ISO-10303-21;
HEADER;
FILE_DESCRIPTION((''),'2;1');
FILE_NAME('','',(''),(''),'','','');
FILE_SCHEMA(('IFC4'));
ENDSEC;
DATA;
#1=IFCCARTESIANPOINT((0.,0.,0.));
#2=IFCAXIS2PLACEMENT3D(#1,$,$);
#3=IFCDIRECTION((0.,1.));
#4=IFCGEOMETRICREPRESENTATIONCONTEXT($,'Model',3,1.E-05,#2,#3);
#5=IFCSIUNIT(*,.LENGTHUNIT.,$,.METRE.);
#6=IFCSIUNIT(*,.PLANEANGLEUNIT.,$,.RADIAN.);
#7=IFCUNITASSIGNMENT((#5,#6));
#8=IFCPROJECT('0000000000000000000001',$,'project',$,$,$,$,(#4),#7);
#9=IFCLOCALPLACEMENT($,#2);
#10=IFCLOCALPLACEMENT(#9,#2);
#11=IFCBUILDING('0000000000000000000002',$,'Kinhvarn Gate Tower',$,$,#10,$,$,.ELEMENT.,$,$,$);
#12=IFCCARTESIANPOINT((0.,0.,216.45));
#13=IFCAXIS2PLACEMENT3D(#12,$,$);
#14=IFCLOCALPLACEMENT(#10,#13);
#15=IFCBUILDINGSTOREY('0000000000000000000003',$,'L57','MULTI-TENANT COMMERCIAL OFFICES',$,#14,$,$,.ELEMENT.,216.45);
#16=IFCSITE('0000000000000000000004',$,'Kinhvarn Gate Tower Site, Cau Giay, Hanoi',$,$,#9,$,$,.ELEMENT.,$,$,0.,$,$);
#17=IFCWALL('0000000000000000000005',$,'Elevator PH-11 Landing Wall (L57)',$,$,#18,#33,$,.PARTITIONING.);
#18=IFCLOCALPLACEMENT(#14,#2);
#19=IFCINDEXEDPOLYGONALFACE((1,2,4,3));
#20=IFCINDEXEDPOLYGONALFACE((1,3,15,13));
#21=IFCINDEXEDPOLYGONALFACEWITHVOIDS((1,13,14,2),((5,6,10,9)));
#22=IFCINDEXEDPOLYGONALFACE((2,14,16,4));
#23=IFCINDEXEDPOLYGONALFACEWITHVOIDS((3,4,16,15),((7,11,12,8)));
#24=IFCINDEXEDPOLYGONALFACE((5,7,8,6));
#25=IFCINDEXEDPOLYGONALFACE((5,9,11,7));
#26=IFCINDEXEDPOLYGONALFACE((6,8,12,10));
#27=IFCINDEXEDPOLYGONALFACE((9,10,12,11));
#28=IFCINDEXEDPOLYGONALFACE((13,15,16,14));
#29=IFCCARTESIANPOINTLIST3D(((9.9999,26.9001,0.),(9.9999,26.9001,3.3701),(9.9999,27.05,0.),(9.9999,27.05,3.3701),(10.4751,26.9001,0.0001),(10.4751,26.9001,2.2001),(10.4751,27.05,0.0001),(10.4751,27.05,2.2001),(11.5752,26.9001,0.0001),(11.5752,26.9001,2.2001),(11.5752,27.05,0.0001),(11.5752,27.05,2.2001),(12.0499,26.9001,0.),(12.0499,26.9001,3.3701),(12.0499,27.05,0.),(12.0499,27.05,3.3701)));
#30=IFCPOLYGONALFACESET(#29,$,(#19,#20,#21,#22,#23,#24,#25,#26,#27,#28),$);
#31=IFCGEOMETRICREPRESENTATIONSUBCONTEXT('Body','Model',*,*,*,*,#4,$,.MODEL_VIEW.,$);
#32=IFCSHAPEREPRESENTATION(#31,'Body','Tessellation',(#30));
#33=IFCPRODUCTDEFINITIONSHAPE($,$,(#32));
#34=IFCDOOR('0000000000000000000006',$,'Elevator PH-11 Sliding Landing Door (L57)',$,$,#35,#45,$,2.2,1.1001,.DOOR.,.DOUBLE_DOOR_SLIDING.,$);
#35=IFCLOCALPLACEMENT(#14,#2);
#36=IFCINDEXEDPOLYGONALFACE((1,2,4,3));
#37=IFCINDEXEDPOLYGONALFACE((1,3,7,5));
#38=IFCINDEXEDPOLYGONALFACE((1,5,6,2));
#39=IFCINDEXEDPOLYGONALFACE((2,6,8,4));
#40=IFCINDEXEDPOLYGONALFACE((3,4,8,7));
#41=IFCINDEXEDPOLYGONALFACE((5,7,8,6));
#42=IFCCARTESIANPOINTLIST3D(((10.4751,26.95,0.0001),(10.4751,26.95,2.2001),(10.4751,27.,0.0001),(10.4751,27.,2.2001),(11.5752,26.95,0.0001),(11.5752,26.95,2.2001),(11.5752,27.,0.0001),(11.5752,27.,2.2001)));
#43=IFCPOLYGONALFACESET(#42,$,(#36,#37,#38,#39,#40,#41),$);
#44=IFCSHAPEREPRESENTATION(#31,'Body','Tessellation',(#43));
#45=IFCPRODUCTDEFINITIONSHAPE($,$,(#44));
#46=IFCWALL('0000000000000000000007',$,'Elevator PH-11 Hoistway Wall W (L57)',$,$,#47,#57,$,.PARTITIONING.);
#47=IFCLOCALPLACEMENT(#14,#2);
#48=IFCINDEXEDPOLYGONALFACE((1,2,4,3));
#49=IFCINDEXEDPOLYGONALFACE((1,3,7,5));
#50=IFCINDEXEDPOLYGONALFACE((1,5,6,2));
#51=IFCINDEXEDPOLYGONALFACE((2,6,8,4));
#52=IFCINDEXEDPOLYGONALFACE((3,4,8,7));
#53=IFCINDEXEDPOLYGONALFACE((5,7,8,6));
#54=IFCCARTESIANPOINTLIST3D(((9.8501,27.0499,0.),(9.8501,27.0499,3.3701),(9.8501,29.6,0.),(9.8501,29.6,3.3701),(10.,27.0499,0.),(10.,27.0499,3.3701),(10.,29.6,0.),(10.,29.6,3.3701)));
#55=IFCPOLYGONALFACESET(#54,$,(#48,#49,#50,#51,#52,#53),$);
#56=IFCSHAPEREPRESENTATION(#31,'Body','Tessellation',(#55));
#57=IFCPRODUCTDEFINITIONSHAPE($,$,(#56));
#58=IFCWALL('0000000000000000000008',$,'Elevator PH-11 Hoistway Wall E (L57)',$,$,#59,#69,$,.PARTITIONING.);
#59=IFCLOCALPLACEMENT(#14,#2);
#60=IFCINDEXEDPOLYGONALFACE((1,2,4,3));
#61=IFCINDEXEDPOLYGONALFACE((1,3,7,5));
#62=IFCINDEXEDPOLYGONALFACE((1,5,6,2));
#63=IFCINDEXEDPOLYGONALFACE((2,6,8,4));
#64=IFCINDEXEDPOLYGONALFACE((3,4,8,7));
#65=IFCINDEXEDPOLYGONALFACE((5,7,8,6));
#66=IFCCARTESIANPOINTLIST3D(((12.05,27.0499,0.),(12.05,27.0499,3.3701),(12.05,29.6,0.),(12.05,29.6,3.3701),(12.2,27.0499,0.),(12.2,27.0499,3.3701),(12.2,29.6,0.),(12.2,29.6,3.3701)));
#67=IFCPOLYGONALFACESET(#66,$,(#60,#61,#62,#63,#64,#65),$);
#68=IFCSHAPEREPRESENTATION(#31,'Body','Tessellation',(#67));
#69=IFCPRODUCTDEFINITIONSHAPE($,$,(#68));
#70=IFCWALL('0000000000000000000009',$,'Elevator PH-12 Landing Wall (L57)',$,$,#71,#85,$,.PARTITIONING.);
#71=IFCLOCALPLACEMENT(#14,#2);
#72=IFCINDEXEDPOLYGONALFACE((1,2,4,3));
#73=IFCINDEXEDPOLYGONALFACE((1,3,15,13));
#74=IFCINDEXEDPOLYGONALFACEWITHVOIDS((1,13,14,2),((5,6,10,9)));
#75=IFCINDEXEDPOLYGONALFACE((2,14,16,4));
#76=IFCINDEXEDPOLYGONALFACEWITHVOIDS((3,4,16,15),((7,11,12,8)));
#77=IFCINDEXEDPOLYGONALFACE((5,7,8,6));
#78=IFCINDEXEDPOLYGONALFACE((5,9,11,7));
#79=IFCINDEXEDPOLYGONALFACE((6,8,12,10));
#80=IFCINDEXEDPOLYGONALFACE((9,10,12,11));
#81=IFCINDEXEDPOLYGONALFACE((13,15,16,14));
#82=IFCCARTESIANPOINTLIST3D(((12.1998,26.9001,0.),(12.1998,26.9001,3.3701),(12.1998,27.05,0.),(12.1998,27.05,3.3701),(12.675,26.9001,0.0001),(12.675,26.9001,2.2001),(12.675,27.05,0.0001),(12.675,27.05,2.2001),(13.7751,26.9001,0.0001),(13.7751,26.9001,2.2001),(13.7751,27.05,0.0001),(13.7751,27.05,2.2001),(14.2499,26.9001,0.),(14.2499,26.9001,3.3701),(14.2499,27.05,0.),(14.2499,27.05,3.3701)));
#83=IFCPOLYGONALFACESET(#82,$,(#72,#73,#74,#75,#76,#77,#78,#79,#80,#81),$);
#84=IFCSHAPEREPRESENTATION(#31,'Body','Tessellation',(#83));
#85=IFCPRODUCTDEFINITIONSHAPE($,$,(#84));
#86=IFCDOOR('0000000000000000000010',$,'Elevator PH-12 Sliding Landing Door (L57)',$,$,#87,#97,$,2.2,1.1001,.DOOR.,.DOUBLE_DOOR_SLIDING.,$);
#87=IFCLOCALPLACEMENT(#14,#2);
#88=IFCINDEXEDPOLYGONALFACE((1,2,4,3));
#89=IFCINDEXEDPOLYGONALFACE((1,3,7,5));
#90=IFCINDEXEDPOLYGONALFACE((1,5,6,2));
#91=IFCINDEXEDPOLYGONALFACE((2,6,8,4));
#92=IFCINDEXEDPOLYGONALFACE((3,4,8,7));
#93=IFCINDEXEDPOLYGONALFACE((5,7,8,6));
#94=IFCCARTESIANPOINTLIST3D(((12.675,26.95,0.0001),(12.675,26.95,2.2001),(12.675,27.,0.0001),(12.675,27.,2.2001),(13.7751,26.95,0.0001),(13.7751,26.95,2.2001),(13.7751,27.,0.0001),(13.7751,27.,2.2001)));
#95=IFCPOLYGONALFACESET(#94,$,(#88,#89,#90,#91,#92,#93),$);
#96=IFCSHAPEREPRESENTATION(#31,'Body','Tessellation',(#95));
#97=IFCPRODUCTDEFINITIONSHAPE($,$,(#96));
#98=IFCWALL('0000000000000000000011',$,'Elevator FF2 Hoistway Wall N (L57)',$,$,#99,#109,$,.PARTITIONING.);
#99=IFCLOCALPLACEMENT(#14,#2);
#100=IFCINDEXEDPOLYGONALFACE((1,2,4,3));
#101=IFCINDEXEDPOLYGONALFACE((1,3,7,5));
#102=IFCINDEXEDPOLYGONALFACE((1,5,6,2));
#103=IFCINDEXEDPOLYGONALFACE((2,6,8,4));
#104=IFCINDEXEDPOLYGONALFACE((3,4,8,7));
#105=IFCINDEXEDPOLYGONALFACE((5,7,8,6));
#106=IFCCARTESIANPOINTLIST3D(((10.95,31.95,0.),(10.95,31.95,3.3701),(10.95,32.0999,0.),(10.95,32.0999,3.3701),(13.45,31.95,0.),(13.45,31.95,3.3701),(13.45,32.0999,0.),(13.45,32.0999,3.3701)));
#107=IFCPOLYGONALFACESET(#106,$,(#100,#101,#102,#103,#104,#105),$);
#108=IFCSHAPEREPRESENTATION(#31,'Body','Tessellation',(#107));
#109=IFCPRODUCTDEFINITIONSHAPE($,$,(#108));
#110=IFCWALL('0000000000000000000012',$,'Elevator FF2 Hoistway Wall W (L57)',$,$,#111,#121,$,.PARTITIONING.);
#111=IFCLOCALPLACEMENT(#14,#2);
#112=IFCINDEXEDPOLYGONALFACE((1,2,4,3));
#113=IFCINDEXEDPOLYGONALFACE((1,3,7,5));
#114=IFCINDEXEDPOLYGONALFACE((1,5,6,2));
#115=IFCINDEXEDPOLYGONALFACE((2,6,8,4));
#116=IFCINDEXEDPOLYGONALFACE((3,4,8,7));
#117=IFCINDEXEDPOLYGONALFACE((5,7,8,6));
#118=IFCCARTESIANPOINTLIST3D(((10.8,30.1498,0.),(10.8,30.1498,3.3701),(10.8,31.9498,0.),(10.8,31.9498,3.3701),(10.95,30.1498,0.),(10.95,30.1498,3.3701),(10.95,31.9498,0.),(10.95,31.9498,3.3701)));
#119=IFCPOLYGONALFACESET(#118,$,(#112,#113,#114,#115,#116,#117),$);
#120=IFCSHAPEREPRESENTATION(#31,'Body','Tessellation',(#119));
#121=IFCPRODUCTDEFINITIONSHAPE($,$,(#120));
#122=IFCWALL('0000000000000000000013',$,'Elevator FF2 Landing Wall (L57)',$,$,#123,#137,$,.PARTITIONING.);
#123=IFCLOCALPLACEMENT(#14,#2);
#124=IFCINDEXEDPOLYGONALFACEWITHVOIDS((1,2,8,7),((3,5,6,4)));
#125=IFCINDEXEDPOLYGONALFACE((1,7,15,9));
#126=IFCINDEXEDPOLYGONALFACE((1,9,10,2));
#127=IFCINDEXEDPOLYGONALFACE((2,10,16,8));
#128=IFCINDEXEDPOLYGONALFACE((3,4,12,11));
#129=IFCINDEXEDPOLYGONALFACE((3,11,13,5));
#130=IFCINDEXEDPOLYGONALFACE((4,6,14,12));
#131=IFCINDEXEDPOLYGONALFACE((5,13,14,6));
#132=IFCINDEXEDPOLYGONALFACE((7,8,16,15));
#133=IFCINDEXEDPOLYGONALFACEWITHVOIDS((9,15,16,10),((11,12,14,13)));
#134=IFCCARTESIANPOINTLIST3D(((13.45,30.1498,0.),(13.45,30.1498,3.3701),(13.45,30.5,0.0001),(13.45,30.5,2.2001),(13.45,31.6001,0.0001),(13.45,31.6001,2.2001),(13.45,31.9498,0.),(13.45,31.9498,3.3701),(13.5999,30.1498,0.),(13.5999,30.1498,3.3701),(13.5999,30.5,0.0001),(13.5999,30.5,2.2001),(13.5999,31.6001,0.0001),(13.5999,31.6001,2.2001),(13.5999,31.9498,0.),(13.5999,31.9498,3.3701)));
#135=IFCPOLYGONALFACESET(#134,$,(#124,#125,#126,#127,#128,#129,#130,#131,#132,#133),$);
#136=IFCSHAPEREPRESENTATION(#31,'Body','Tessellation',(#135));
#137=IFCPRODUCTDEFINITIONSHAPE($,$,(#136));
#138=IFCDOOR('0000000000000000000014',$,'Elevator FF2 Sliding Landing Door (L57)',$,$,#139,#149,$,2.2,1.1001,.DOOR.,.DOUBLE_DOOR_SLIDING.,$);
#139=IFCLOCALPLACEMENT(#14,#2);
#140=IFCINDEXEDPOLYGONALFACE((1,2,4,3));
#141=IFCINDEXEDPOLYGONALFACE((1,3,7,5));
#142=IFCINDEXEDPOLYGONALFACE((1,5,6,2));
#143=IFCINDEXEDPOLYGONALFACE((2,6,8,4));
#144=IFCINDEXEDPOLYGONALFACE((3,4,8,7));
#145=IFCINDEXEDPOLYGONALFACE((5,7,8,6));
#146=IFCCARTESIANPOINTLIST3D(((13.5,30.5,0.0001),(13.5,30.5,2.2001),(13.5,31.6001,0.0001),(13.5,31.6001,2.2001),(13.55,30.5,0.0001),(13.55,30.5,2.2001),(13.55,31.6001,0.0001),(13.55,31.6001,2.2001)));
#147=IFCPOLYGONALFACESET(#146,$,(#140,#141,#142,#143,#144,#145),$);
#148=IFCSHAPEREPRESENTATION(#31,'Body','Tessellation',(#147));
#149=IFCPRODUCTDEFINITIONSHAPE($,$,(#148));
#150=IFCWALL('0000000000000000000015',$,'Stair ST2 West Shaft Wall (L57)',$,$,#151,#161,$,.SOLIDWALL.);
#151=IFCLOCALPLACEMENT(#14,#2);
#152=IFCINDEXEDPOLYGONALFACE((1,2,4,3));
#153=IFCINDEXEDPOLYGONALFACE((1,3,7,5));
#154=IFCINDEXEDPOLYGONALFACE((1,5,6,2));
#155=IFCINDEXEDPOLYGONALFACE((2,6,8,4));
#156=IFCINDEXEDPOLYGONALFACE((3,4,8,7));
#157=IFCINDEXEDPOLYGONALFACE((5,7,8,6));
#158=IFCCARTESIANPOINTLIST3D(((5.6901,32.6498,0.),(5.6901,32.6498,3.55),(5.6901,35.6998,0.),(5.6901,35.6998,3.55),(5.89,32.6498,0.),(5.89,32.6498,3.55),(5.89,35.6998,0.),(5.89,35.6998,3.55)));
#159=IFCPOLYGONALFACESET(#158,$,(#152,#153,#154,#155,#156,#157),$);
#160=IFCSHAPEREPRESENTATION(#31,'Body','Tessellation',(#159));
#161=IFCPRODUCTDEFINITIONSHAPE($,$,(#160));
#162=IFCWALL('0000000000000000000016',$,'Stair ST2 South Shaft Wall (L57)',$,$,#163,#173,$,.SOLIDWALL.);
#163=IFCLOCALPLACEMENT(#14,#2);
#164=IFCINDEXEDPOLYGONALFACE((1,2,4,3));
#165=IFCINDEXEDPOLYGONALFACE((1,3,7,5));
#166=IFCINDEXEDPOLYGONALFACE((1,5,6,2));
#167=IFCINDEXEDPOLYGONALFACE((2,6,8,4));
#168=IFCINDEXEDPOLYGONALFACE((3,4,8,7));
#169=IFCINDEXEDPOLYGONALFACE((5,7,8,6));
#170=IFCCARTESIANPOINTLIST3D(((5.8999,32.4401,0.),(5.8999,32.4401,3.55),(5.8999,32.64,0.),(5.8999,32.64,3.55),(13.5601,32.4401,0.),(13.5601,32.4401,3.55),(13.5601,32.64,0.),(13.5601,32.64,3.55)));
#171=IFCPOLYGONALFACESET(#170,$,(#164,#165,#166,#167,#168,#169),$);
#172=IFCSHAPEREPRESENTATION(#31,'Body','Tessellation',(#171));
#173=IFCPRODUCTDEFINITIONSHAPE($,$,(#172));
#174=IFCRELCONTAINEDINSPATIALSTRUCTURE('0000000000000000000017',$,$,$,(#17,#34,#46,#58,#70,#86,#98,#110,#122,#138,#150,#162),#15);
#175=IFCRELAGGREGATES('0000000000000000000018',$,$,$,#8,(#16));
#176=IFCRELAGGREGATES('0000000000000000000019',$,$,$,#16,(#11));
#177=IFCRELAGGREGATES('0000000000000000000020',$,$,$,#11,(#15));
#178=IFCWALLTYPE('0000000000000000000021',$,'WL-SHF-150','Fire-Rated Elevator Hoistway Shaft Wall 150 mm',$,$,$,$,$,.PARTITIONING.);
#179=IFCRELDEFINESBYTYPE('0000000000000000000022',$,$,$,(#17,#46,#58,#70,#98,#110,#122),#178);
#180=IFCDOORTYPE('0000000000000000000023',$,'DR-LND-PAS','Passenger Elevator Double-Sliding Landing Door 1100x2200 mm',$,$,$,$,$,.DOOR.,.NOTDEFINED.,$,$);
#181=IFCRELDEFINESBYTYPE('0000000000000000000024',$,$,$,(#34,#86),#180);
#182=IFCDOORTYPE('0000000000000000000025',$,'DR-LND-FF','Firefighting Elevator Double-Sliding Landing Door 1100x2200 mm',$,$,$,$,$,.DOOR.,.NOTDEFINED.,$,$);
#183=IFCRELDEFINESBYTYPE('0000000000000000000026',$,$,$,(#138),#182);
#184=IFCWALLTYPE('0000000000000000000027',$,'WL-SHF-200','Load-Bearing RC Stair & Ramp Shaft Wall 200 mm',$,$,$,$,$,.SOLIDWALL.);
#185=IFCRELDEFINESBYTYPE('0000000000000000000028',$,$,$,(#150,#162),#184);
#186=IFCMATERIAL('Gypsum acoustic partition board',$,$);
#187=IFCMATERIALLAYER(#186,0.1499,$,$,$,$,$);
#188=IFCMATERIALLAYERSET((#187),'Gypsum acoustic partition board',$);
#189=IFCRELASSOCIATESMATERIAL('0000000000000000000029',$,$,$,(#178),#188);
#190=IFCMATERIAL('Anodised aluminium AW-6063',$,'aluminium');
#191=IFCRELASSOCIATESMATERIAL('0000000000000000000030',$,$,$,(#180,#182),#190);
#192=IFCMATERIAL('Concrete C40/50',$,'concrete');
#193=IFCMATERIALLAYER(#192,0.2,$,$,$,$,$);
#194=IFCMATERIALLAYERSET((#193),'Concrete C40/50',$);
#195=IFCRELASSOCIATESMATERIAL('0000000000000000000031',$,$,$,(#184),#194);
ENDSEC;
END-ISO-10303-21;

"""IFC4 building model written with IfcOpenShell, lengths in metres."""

from ifc_helpers import new_model, si_unit, direction, frame, frame_2d, origin, place, context, subcontext, project, spatial, rectangle, extrude, material, layer, layer_set, type_object, element, fill, save


model = new_model("IFC4")

# Units and contexts
model_context = context("Model", 3, precision=1e-05, world=origin(), true_north=direction((0.0, 1.0)))
body_context = subcontext(model_context, "Body", "Model", "MODEL_VIEW")
ifc_project = project(units=[si_unit("LENGTHUNIT", "METRE"), si_unit("PLANEANGLEUNIT", "RADIAN")], contexts=[model_context])

# Site, building, storey
site_placement = place(None, origin())
site = spatial("IfcSite", under=ifc_project, at=site_placement, Name="Kinhvarn Gate Tower Site, Cau Giay, Hanoi", CompositionType="ELEMENT", RefElevation=0.0)
building_placement = place(site_placement, origin())
building = spatial("IfcBuilding", under=site, at=building_placement, Name="Kinhvarn Gate Tower", CompositionType="ELEMENT")
storey_placement = place(building_placement, frame((0.0, 0.0, 216.45)))
storey = spatial("IfcBuildingStorey", under=building, at=storey_placement, Name="L57", Description="MULTI-TENANT COMMERCIAL OFFICES", CompositionType="ELEMENT", Elevation=216.45)

# Shared definitions
ifc_material_1 = material(Name="Gypsum acoustic partition board")

# Shared definitions
ifc_material_2 = material(Name="Anodised aluminium AW-6063", Category="aluminium")

# Shared definitions
ifc_layer_1 = layer(ifc_material_1, 0.1499)
ifc_layer_set_1 = layer_set([ifc_layer_1], Name="Gypsum acoustic partition board")
wall_type_1 = type_object("IfcWallType", Name="WL-SHF-150", Description="Fire-Rated Elevator Hoistway Shaft Wall 150 mm", PredefinedType="PARTITIONING", material=ifc_layer_set_1)
door_type_1 = type_object("IfcDoorType", Name="DR-LND-PAS", Description="Passenger Elevator Double-Sliding Landing Door 1100x2200 mm", OperationType="NOTDEFINED", PredefinedType="DOOR", material=ifc_material_2)

# Wall, opening, door
wall_1_placement = place(storey_placement, frame((10.0, 26.9751, 0.0), z_axis=(0.0, 0.0, 1.0), x_axis=(1.0, 0.0, 0.0)))
wall_1 = element("IfcWall", 1, at=wall_1_placement, inside=storey, type_object=wall_type_1, Name="Elevator PH-11 Landing Wall (L57)", PredefinedType="PARTITIONING", context=body_context, shape_type="SweptSolid", body=[
    extrude(rectangle(XDim=2.05, YDim=0.1499, at=frame_2d((1.0249, 0.0))), origin(), (0.0, 0.0, 1.0), 3.3701),
])
opening_1_placement = place(wall_1_placement, frame((0.4751, 0.0, 0.0)))
opening_1 = element("IfcOpeningElement", 2, at=opening_1_placement, cuts=wall_1, PredefinedType="OPENING", context=body_context, shape_type="SweptSolid", body=[
    extrude(rectangle(XDim=1.1001, YDim=2.2, at=frame_2d((0.55, 1.1001))), frame((0.0, 0.085, 0.0), z_axis=(0.0, -1.0, 0.0), x_axis=(1.0, 0.0, 0.0)), (0.0, 0.0, 1.0), 0.1699),
])
door_1_placement = place(opening_1_placement, origin())
door_1 = element("IfcDoor", 3, at=door_1_placement, inside=storey, type_object=door_type_1, Name="Elevator PH-11 Sliding Landing Door (L57)", OperationType="DOUBLE_DOOR_SLIDING", OverallHeight=2.2, OverallWidth=1.1001, PredefinedType="DOOR", context=body_context, shape_type="SweptSolid", body=[
    extrude(rectangle(XDim=1.1001, YDim=2.2, at=frame_2d((0.55, 1.1001))), frame((0.0, 0.0249, 0.0), z_axis=(0.0, -1.0, 0.0), x_axis=(1.0, 0.0, 0.0)), (0.0, 0.0, 1.0), 0.05),
])
fill(opening_1, door_1)

# Walls
for number, where, z_axis, x_axis, name in (
    (4, (9.925, 27.05, 0.0), (0.0, 0.0, 1.0), (0.0, 1.0, 0.0), "Elevator PH-11 Hoistway Wall W (L57)"),
    (5, (12.125, 27.05, 0.0), (0.0, 0.0, 1.0), (0.0, 1.0, 0.0), "Elevator PH-11 Hoistway Wall E (L57)"),
):
    element("IfcWall", number, at=place(storey_placement, frame(where, z_axis=z_axis, x_axis=x_axis)), inside=storey, type_object=wall_type_1, Name=name, PredefinedType="PARTITIONING", context=body_context, shape_type="SweptSolid", body=[
        extrude(rectangle(XDim=2.55, YDim=0.1499, at=frame_2d((1.2749, 0.0))), origin(), (0.0, 0.0, 1.0), 3.3701),
    ])

# Wall, opening, door
wall_2_placement = place(storey_placement, frame((12.2, 26.9751, 0.0), z_axis=(0.0, 0.0, 1.0), x_axis=(1.0, 0.0, 0.0)))
wall_2 = element("IfcWall", 6, at=wall_2_placement, inside=storey, type_object=wall_type_1, Name="Elevator PH-12 Landing Wall (L57)", PredefinedType="PARTITIONING", context=body_context, shape_type="SweptSolid", body=[
    extrude(rectangle(XDim=2.05, YDim=0.1499, at=frame_2d((1.0249, 0.0))), origin(), (0.0, 0.0, 1.0), 3.3701),
])
opening_2_placement = place(wall_2_placement, frame((0.4751, 0.0, 0.0)))
opening_2 = element("IfcOpeningElement", 7, at=opening_2_placement, cuts=wall_2, PredefinedType="OPENING", context=body_context, shape_type="SweptSolid", body=[
    extrude(rectangle(XDim=1.1001, YDim=2.2, at=frame_2d((0.55, 1.1001))), frame((0.0, 0.085, 0.0), z_axis=(0.0, -1.0, 0.0), x_axis=(1.0, 0.0, 0.0)), (0.0, 0.0, 1.0), 0.1699),
])
door_2_placement = place(opening_2_placement, origin())
door_2 = element("IfcDoor", 8, at=door_2_placement, inside=storey, type_object=door_type_1, Name="Elevator PH-12 Sliding Landing Door (L57)", OperationType="DOUBLE_DOOR_SLIDING", OverallHeight=2.2, OverallWidth=1.1001, PredefinedType="DOOR", context=body_context, shape_type="SweptSolid", body=[
    extrude(rectangle(XDim=1.1001, YDim=2.2, at=frame_2d((0.55, 1.1001))), frame((0.0, 0.0249, 0.0), z_axis=(0.0, -1.0, 0.0), x_axis=(1.0, 0.0, 0.0)), (0.0, 0.0, 1.0), 0.05),
])
fill(opening_2, door_2)

# Walls
wall_3_placement = place(storey_placement, frame((10.95, 32.0249, 0.0), z_axis=(0.0, 0.0, 1.0), x_axis=(1.0, 0.0, 0.0)))
element("IfcWall", 9, at=wall_3_placement, inside=storey, type_object=wall_type_1, Name="Elevator FF2 Hoistway Wall N (L57)", PredefinedType="PARTITIONING", context=body_context, shape_type="SweptSolid", body=[
    extrude(rectangle(XDim=2.5, YDim=0.1499, at=frame_2d((1.25, 0.0))), origin(), (0.0, 0.0, 1.0), 3.3701),
])
wall_4_placement = place(storey_placement, frame((10.875, 30.1499, 0.0), z_axis=(0.0, 0.0, 1.0), x_axis=(0.0, 1.0, 0.0)))
element("IfcWall", 10, at=wall_4_placement, inside=storey, type_object=wall_type_1, Name="Elevator FF2 Hoistway Wall W (L57)", PredefinedType="PARTITIONING", context=body_context, shape_type="SweptSolid", body=[
    extrude(rectangle(XDim=1.8, YDim=0.1499, at=frame_2d((0.8999, 0.0))), origin(), (0.0, 0.0, 1.0), 3.3701),
])

# Wall, opening, door
wall_5_placement = place(storey_placement, frame((13.5249, 30.1499, 0.0), z_axis=(0.0, 0.0, 1.0), x_axis=(0.0, 1.0, 0.0)))
wall_5 = element("IfcWall", 11, at=wall_5_placement, inside=storey, type_object=wall_type_1, Name="Elevator FF2 Landing Wall (L57)", PredefinedType="PARTITIONING", context=body_context, shape_type="SweptSolid", body=[
    extrude(rectangle(XDim=1.8, YDim=0.1499, at=frame_2d((0.8999, 0.0))), origin(), (0.0, 0.0, 1.0), 3.3701),
])
opening_3_placement = place(wall_5_placement, frame((0.3501, 0.0, 0.0)))
opening_3 = element("IfcOpeningElement", 12, at=opening_3_placement, cuts=wall_5, PredefinedType="OPENING", context=body_context, shape_type="SweptSolid", body=[
    extrude(rectangle(XDim=1.1001, YDim=2.2, at=frame_2d((0.55, 1.1001))), frame((0.0, 0.085, 0.0), z_axis=(0.0, -1.0, 0.0), x_axis=(1.0, 0.0, 0.0)), (0.0, 0.0, 1.0), 0.1699),
])
door_type_2 = type_object("IfcDoorType", Name="DR-LND-FF", Description="Firefighting Elevator Double-Sliding Landing Door 1100x2200 mm", OperationType="NOTDEFINED", PredefinedType="DOOR", material=ifc_material_2)
door_3_placement = place(opening_3_placement, origin())
door_3 = element("IfcDoor", 13, at=door_3_placement, inside=storey, type_object=door_type_2, Name="Elevator FF2 Sliding Landing Door (L57)", OperationType="DOUBLE_DOOR_SLIDING", OverallHeight=2.2, OverallWidth=1.1001, PredefinedType="DOOR", context=body_context, shape_type="SweptSolid", body=[
    extrude(rectangle(XDim=1.1001, YDim=2.2, at=frame_2d((0.55, 1.1001))), frame((0.0, 0.0249, 0.0), z_axis=(0.0, -1.0, 0.0), x_axis=(1.0, 0.0, 0.0)), (0.0, 0.0, 1.0), 0.05),
])
fill(opening_3, door_3)

# Walls
ifc_material_3 = material(Name="Concrete C40/50", Category="concrete")
ifc_layer_2 = layer(ifc_material_3, 0.2)
ifc_layer_set_2 = layer_set([ifc_layer_2], Name="Concrete C40/50")
wall_type_2 = type_object("IfcWallType", Name="WL-SHF-200", Description="Load-Bearing RC Stair & Ramp Shaft Wall 200 mm", PredefinedType="SOLIDWALL", material=ifc_layer_set_2)
wall_6_placement = place(storey_placement, frame((5.79, 32.6499, 0.0), z_axis=(0.0, 0.0, 1.0), x_axis=(0.0, 1.0, 0.0)))
element("IfcWall", 14, at=wall_6_placement, inside=storey, type_object=wall_type_2, Name="Stair ST2 West Shaft Wall (L57)", PredefinedType="SOLIDWALL", context=body_context, shape_type="SweptSolid", body=[
    extrude(rectangle(XDim=3.05, YDim=0.2, at=frame_2d((1.5249, 0.0))), origin(), (0.0, 0.0, 1.0), 3.55),
])
wall_7_placement = place(storey_placement, frame((5.8999, 32.54, 0.0), z_axis=(0.0, 0.0, 1.0), x_axis=(1.0, 0.0, 0.0)))
element("IfcWall", 15, at=wall_7_placement, inside=storey, type_object=wall_type_2, Name="Stair ST2 South Shaft Wall (L57)", PredefinedType="SOLIDWALL", context=body_context, shape_type="SweptSolid", body=[
    extrude(rectangle(XDim=7.6602, YDim=0.2, at=frame_2d((3.8301, 0.0))), origin(), (0.0, 0.0, 1.0), 3.55),
])

save(model, "model.ifc")
